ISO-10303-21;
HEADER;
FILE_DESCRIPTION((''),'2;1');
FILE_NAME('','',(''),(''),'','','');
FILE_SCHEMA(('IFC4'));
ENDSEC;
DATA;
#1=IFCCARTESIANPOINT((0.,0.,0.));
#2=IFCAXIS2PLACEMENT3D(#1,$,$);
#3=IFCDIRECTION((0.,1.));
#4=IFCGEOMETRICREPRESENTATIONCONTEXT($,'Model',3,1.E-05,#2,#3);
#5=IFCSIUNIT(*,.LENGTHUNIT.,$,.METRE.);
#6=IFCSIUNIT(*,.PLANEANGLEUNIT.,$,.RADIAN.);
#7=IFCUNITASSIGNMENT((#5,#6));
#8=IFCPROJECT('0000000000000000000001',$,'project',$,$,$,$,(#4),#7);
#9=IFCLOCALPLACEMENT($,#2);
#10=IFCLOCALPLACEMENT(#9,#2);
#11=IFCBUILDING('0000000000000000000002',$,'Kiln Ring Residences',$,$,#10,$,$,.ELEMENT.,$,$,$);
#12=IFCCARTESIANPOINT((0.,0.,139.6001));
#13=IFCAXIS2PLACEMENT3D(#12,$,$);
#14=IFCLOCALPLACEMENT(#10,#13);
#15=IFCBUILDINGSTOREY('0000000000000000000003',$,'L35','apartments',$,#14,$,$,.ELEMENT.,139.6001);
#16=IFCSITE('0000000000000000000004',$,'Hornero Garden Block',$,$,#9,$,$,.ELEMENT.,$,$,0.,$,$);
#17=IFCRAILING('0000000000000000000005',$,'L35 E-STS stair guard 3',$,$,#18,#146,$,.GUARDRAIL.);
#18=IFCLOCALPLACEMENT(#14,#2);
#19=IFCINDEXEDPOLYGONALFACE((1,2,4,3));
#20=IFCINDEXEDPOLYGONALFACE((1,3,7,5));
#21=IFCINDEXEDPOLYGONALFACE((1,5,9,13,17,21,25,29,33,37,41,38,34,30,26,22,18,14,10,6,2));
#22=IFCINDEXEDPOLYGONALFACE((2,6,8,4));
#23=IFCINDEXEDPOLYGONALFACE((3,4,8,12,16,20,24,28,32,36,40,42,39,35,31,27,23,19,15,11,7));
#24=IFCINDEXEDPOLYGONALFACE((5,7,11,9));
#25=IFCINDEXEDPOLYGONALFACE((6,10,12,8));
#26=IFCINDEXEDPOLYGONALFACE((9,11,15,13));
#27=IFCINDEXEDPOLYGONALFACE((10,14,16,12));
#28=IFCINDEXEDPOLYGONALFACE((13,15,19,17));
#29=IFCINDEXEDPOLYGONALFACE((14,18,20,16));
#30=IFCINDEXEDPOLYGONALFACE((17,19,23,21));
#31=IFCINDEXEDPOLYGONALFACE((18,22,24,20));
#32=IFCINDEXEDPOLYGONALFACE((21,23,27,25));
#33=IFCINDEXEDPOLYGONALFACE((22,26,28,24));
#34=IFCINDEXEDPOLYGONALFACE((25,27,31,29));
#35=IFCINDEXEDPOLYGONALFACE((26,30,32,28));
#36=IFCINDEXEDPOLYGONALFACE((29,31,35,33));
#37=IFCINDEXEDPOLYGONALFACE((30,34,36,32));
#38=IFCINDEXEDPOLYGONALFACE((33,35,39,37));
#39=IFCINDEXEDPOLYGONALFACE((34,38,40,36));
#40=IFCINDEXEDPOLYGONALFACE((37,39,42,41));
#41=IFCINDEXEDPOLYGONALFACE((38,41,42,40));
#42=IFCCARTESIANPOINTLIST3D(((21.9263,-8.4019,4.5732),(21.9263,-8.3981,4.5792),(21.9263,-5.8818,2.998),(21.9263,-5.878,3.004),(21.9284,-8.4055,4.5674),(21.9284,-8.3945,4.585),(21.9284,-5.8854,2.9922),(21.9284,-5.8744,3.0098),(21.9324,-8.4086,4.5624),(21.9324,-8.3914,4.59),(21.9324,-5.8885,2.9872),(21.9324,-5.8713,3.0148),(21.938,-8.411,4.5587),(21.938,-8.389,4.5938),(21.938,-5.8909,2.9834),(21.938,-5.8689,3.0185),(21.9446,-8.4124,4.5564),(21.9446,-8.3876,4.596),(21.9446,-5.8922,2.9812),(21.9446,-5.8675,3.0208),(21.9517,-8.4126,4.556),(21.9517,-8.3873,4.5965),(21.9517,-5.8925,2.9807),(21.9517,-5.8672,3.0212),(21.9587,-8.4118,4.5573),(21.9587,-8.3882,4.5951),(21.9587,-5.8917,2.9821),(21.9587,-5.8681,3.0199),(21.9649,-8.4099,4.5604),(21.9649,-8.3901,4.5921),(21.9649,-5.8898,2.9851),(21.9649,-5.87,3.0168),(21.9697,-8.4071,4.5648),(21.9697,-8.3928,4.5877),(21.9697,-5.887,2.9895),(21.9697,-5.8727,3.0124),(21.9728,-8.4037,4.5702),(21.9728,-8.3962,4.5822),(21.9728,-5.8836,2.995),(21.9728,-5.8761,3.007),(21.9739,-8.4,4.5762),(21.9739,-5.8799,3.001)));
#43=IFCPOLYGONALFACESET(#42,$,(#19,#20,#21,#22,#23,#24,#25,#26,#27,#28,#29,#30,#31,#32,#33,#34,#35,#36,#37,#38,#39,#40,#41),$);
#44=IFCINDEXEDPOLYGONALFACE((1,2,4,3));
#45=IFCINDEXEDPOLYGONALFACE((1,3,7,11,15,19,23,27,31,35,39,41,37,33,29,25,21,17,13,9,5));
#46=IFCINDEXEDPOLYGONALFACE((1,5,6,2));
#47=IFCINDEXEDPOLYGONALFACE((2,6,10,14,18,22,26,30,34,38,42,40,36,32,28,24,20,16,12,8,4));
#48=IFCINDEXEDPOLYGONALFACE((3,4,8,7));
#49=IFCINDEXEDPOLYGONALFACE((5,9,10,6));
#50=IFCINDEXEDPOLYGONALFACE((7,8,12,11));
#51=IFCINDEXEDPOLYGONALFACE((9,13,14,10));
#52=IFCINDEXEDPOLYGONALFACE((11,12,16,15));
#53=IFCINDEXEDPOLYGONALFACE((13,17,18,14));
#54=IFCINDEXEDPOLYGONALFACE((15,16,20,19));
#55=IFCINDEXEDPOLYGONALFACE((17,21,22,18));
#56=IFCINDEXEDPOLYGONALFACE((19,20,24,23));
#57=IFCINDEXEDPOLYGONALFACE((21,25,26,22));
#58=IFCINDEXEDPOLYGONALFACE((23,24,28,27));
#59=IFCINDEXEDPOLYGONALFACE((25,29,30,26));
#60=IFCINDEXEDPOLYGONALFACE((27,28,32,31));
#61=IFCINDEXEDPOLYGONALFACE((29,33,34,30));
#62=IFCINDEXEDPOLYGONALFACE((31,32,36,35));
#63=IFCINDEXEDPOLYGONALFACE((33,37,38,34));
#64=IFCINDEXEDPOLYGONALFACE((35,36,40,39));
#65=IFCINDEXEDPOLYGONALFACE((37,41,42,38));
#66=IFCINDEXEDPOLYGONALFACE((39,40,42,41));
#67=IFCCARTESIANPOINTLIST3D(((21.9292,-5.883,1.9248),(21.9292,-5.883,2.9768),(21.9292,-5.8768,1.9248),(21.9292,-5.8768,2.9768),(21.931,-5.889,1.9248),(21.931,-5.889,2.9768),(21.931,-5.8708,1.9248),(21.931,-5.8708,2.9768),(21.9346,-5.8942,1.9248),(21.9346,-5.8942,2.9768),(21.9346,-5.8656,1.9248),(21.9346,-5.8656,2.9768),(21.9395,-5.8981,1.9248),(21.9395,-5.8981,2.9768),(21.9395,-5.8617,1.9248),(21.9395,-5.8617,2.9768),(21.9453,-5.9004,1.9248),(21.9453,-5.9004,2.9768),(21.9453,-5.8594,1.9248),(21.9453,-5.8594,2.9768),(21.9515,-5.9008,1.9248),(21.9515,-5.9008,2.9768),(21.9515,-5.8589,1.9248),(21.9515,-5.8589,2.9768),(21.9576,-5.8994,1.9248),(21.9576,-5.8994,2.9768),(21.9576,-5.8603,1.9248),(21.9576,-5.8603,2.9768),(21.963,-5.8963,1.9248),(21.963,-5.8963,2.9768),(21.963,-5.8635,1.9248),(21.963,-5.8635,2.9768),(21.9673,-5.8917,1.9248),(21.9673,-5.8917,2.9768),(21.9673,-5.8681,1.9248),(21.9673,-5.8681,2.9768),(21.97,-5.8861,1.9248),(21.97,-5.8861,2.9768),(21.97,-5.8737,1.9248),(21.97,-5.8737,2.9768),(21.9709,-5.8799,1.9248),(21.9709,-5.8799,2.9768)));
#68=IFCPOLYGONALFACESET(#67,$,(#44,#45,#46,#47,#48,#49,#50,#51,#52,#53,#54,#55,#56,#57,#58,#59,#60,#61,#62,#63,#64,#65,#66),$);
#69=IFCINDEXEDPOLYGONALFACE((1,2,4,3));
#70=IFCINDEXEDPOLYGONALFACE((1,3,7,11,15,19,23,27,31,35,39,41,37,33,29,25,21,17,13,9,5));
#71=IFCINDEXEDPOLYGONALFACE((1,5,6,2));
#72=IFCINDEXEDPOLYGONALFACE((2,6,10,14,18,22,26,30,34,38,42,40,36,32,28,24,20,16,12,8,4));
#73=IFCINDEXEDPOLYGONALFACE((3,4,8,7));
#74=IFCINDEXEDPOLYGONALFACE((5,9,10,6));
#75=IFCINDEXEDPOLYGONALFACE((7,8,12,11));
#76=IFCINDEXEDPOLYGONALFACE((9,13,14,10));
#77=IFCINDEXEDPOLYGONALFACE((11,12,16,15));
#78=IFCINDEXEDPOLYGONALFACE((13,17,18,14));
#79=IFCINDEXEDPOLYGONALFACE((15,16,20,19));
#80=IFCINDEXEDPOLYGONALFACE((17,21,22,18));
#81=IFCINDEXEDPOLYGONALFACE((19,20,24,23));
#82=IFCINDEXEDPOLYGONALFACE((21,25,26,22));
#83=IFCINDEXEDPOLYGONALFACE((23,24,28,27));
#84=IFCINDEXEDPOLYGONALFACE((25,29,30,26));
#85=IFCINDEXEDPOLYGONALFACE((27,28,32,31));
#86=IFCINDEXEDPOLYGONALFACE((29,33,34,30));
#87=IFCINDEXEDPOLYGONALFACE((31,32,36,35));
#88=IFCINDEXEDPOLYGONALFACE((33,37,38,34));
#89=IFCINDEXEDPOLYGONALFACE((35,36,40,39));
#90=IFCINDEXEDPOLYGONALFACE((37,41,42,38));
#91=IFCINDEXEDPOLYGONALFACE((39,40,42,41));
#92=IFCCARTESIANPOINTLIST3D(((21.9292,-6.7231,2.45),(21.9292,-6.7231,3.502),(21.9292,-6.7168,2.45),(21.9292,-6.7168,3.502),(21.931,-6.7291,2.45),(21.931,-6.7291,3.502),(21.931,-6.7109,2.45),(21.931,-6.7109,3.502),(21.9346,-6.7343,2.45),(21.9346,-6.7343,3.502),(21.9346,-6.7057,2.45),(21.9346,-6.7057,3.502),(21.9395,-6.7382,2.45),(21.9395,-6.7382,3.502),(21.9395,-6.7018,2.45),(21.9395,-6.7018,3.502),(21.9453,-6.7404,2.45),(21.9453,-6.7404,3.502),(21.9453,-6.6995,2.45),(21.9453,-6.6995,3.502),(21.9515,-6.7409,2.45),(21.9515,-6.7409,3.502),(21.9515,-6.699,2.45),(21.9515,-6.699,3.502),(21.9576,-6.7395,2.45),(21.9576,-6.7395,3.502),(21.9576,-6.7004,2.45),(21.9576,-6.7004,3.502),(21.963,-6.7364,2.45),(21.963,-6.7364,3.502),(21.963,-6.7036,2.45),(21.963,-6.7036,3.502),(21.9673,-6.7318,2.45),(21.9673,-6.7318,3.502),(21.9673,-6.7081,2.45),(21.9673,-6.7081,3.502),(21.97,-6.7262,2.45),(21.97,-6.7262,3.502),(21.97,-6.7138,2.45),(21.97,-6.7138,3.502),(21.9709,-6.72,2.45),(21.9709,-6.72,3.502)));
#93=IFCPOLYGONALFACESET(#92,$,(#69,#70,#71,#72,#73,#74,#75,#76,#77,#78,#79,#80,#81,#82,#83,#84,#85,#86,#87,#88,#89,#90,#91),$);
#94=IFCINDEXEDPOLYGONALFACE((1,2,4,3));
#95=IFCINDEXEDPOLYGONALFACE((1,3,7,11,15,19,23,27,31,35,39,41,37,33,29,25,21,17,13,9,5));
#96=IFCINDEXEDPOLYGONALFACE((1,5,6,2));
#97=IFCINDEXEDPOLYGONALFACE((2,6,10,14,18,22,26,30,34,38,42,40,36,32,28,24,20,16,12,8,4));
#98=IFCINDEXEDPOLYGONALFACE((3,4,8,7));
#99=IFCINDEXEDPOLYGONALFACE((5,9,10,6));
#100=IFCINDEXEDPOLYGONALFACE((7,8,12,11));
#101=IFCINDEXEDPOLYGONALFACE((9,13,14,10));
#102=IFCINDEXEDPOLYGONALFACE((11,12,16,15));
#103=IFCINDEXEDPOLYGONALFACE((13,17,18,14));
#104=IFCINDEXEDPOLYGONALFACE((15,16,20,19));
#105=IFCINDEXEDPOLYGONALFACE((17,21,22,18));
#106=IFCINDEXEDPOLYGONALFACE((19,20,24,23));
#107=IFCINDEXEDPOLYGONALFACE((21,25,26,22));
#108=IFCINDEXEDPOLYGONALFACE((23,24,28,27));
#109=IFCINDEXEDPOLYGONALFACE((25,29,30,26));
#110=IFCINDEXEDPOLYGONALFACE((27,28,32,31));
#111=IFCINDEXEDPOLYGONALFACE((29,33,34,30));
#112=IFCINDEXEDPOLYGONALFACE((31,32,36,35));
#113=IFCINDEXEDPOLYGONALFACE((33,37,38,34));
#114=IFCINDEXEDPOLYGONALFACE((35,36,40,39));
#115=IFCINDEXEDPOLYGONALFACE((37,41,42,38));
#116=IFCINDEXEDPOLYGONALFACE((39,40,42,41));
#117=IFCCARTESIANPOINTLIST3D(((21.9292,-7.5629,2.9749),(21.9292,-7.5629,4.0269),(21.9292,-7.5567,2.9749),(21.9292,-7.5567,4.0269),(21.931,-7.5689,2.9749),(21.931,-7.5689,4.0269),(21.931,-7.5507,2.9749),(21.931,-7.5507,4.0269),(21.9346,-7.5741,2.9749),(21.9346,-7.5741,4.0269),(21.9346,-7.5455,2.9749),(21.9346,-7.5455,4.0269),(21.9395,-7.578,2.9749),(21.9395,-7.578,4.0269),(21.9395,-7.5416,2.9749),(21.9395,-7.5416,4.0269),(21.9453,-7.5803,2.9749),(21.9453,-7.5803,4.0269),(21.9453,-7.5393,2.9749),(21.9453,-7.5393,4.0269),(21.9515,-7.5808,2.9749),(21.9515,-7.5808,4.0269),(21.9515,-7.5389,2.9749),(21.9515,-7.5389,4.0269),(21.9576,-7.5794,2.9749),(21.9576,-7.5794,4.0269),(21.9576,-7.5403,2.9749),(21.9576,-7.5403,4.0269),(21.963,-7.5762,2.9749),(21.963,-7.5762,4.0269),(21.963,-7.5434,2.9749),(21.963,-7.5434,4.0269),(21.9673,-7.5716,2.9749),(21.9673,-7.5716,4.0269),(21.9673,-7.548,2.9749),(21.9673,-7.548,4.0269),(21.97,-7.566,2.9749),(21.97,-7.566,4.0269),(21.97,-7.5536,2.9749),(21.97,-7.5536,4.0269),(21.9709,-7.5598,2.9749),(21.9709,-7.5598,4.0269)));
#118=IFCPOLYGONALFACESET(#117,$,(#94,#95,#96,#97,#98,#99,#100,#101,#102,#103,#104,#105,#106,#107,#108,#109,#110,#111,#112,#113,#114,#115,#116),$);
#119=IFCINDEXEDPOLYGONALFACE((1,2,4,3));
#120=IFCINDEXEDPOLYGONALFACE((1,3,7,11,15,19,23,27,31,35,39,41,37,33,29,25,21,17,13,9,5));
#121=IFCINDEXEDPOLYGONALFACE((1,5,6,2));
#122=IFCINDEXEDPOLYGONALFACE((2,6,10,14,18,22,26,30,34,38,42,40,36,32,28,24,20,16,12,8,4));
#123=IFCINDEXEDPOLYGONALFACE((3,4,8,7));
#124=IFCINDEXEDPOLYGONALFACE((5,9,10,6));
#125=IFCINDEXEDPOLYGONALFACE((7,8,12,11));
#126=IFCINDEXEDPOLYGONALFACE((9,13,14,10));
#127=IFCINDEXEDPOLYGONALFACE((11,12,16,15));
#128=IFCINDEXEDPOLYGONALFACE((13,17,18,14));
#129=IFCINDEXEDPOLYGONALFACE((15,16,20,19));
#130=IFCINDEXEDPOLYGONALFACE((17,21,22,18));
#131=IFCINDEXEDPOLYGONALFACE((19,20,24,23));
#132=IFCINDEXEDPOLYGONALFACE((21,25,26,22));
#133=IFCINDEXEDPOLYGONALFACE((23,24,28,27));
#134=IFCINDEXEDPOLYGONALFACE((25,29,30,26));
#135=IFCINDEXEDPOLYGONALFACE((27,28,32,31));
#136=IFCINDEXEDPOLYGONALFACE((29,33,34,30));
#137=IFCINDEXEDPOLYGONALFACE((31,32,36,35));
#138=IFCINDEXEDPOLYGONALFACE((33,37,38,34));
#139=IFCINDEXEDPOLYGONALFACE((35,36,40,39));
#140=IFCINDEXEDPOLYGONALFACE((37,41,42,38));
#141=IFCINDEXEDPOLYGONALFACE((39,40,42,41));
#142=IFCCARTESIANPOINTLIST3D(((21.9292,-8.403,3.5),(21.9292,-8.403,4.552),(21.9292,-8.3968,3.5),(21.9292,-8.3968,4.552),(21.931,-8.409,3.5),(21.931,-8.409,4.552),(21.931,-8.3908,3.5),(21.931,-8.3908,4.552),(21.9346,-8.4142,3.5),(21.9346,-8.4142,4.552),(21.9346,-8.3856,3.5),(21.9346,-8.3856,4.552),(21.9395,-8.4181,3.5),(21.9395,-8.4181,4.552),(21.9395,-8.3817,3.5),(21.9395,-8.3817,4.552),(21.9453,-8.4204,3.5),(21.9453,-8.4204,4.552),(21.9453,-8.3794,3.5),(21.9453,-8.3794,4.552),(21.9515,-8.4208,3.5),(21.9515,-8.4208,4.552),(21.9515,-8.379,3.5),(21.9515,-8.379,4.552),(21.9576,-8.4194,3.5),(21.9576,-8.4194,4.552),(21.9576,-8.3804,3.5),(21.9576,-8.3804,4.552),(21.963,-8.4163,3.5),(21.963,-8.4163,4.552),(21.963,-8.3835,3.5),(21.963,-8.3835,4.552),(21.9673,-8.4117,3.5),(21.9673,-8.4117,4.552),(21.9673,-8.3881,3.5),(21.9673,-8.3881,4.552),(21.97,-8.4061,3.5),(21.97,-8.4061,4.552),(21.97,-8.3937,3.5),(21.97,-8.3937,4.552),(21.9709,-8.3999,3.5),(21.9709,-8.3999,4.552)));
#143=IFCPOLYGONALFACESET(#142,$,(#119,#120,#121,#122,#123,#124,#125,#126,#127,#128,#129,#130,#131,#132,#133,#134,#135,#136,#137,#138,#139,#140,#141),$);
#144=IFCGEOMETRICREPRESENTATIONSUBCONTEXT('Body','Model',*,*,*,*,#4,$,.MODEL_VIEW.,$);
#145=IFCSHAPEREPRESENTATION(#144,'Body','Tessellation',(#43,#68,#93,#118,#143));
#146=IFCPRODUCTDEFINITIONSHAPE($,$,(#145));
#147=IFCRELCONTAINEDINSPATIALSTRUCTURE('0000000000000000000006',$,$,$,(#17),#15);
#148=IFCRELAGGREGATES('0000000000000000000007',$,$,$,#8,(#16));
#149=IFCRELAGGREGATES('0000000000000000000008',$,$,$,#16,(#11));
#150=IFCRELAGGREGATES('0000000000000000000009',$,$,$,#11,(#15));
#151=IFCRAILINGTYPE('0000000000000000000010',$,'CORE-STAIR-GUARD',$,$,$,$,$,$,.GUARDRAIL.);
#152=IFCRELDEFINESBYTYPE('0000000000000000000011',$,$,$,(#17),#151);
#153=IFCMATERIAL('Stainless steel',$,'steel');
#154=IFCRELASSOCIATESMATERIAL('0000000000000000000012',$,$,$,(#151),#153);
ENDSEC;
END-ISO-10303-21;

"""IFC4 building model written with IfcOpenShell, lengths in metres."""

from ifc_helpers import new_model, si_unit, direction, frame, origin, origin_2d, place, context, subcontext, project, spatial, circle, extrude, material, type_object, element, save


model = new_model("IFC4")

# Units and contexts
model_context = context("Model", 3, precision=1e-05, world=origin(), true_north=direction((0.0, 1.0)))
body_context = subcontext(model_context, "Body", "Model", "MODEL_VIEW")
ifc_project = project(units=[si_unit("LENGTHUNIT", "METRE"), si_unit("PLANEANGLEUNIT", "RADIAN")], contexts=[model_context])

# Site, building, storey
site_placement = place(None, origin())
site = spatial("IfcSite", under=ifc_project, at=site_placement, Name="Hornero Garden Block", CompositionType="ELEMENT", RefElevation=0.0)
building_placement = place(site_placement, origin())
building = spatial("IfcBuilding", under=site, at=building_placement, Name="Kiln Ring Residences", CompositionType="ELEMENT")
storey_placement = place(building_placement, frame((0.0, 0.0, 139.6001)))
storey = spatial("IfcBuildingStorey", under=building, at=storey_placement, Name="L35", Description="apartments", CompositionType="ELEMENT", Elevation=139.6001)

# Railing
ifc_material_1 = material(Name="Stainless steel", Category="steel")
railing_type_1 = type_object("IfcRailingType", Name="CORE-STAIR-GUARD", PredefinedType="GUARDRAIL", material=ifc_material_1)
railing_1_placement = place(storey_placement, frame((21.95, -5.8799, 1.9248)))
element("IfcRailing", 1, at=railing_1_placement, inside=storey, type_object=railing_type_1, Name="L35 E-STS stair guard 3", PredefinedType="GUARDRAIL", context=body_context, shape_type="SweptSolid", body=[
    extrude(circle(Radius=0.0239, at=origin_2d()), frame((0.0, 0.0, 1.0762), z_axis=(0.0, -0.847971, 0.530043), x_axis=(1.0, 0.0, 0.0)), (0.0, 0.0, 1.0), 2.9719),
    extrude(circle(Radius=0.021, at=origin_2d()), origin(), (0.0, 0.0, 1.0), 1.052),
    extrude(circle(Radius=0.021, at=origin_2d()), frame((0.0, -0.8401, 0.5251)), (0.0, 0.0, 1.0), 1.052),
    extrude(circle(Radius=0.021, at=origin_2d()), frame((0.0, -1.6799, 1.05)), (0.0, 0.0, 1.0), 1.052),
    extrude(circle(Radius=0.021, at=origin_2d()), frame((0.0, -2.52, 1.5752)), (0.0, 0.0, 1.0), 1.052),
])

save(model, "model.ifc")
